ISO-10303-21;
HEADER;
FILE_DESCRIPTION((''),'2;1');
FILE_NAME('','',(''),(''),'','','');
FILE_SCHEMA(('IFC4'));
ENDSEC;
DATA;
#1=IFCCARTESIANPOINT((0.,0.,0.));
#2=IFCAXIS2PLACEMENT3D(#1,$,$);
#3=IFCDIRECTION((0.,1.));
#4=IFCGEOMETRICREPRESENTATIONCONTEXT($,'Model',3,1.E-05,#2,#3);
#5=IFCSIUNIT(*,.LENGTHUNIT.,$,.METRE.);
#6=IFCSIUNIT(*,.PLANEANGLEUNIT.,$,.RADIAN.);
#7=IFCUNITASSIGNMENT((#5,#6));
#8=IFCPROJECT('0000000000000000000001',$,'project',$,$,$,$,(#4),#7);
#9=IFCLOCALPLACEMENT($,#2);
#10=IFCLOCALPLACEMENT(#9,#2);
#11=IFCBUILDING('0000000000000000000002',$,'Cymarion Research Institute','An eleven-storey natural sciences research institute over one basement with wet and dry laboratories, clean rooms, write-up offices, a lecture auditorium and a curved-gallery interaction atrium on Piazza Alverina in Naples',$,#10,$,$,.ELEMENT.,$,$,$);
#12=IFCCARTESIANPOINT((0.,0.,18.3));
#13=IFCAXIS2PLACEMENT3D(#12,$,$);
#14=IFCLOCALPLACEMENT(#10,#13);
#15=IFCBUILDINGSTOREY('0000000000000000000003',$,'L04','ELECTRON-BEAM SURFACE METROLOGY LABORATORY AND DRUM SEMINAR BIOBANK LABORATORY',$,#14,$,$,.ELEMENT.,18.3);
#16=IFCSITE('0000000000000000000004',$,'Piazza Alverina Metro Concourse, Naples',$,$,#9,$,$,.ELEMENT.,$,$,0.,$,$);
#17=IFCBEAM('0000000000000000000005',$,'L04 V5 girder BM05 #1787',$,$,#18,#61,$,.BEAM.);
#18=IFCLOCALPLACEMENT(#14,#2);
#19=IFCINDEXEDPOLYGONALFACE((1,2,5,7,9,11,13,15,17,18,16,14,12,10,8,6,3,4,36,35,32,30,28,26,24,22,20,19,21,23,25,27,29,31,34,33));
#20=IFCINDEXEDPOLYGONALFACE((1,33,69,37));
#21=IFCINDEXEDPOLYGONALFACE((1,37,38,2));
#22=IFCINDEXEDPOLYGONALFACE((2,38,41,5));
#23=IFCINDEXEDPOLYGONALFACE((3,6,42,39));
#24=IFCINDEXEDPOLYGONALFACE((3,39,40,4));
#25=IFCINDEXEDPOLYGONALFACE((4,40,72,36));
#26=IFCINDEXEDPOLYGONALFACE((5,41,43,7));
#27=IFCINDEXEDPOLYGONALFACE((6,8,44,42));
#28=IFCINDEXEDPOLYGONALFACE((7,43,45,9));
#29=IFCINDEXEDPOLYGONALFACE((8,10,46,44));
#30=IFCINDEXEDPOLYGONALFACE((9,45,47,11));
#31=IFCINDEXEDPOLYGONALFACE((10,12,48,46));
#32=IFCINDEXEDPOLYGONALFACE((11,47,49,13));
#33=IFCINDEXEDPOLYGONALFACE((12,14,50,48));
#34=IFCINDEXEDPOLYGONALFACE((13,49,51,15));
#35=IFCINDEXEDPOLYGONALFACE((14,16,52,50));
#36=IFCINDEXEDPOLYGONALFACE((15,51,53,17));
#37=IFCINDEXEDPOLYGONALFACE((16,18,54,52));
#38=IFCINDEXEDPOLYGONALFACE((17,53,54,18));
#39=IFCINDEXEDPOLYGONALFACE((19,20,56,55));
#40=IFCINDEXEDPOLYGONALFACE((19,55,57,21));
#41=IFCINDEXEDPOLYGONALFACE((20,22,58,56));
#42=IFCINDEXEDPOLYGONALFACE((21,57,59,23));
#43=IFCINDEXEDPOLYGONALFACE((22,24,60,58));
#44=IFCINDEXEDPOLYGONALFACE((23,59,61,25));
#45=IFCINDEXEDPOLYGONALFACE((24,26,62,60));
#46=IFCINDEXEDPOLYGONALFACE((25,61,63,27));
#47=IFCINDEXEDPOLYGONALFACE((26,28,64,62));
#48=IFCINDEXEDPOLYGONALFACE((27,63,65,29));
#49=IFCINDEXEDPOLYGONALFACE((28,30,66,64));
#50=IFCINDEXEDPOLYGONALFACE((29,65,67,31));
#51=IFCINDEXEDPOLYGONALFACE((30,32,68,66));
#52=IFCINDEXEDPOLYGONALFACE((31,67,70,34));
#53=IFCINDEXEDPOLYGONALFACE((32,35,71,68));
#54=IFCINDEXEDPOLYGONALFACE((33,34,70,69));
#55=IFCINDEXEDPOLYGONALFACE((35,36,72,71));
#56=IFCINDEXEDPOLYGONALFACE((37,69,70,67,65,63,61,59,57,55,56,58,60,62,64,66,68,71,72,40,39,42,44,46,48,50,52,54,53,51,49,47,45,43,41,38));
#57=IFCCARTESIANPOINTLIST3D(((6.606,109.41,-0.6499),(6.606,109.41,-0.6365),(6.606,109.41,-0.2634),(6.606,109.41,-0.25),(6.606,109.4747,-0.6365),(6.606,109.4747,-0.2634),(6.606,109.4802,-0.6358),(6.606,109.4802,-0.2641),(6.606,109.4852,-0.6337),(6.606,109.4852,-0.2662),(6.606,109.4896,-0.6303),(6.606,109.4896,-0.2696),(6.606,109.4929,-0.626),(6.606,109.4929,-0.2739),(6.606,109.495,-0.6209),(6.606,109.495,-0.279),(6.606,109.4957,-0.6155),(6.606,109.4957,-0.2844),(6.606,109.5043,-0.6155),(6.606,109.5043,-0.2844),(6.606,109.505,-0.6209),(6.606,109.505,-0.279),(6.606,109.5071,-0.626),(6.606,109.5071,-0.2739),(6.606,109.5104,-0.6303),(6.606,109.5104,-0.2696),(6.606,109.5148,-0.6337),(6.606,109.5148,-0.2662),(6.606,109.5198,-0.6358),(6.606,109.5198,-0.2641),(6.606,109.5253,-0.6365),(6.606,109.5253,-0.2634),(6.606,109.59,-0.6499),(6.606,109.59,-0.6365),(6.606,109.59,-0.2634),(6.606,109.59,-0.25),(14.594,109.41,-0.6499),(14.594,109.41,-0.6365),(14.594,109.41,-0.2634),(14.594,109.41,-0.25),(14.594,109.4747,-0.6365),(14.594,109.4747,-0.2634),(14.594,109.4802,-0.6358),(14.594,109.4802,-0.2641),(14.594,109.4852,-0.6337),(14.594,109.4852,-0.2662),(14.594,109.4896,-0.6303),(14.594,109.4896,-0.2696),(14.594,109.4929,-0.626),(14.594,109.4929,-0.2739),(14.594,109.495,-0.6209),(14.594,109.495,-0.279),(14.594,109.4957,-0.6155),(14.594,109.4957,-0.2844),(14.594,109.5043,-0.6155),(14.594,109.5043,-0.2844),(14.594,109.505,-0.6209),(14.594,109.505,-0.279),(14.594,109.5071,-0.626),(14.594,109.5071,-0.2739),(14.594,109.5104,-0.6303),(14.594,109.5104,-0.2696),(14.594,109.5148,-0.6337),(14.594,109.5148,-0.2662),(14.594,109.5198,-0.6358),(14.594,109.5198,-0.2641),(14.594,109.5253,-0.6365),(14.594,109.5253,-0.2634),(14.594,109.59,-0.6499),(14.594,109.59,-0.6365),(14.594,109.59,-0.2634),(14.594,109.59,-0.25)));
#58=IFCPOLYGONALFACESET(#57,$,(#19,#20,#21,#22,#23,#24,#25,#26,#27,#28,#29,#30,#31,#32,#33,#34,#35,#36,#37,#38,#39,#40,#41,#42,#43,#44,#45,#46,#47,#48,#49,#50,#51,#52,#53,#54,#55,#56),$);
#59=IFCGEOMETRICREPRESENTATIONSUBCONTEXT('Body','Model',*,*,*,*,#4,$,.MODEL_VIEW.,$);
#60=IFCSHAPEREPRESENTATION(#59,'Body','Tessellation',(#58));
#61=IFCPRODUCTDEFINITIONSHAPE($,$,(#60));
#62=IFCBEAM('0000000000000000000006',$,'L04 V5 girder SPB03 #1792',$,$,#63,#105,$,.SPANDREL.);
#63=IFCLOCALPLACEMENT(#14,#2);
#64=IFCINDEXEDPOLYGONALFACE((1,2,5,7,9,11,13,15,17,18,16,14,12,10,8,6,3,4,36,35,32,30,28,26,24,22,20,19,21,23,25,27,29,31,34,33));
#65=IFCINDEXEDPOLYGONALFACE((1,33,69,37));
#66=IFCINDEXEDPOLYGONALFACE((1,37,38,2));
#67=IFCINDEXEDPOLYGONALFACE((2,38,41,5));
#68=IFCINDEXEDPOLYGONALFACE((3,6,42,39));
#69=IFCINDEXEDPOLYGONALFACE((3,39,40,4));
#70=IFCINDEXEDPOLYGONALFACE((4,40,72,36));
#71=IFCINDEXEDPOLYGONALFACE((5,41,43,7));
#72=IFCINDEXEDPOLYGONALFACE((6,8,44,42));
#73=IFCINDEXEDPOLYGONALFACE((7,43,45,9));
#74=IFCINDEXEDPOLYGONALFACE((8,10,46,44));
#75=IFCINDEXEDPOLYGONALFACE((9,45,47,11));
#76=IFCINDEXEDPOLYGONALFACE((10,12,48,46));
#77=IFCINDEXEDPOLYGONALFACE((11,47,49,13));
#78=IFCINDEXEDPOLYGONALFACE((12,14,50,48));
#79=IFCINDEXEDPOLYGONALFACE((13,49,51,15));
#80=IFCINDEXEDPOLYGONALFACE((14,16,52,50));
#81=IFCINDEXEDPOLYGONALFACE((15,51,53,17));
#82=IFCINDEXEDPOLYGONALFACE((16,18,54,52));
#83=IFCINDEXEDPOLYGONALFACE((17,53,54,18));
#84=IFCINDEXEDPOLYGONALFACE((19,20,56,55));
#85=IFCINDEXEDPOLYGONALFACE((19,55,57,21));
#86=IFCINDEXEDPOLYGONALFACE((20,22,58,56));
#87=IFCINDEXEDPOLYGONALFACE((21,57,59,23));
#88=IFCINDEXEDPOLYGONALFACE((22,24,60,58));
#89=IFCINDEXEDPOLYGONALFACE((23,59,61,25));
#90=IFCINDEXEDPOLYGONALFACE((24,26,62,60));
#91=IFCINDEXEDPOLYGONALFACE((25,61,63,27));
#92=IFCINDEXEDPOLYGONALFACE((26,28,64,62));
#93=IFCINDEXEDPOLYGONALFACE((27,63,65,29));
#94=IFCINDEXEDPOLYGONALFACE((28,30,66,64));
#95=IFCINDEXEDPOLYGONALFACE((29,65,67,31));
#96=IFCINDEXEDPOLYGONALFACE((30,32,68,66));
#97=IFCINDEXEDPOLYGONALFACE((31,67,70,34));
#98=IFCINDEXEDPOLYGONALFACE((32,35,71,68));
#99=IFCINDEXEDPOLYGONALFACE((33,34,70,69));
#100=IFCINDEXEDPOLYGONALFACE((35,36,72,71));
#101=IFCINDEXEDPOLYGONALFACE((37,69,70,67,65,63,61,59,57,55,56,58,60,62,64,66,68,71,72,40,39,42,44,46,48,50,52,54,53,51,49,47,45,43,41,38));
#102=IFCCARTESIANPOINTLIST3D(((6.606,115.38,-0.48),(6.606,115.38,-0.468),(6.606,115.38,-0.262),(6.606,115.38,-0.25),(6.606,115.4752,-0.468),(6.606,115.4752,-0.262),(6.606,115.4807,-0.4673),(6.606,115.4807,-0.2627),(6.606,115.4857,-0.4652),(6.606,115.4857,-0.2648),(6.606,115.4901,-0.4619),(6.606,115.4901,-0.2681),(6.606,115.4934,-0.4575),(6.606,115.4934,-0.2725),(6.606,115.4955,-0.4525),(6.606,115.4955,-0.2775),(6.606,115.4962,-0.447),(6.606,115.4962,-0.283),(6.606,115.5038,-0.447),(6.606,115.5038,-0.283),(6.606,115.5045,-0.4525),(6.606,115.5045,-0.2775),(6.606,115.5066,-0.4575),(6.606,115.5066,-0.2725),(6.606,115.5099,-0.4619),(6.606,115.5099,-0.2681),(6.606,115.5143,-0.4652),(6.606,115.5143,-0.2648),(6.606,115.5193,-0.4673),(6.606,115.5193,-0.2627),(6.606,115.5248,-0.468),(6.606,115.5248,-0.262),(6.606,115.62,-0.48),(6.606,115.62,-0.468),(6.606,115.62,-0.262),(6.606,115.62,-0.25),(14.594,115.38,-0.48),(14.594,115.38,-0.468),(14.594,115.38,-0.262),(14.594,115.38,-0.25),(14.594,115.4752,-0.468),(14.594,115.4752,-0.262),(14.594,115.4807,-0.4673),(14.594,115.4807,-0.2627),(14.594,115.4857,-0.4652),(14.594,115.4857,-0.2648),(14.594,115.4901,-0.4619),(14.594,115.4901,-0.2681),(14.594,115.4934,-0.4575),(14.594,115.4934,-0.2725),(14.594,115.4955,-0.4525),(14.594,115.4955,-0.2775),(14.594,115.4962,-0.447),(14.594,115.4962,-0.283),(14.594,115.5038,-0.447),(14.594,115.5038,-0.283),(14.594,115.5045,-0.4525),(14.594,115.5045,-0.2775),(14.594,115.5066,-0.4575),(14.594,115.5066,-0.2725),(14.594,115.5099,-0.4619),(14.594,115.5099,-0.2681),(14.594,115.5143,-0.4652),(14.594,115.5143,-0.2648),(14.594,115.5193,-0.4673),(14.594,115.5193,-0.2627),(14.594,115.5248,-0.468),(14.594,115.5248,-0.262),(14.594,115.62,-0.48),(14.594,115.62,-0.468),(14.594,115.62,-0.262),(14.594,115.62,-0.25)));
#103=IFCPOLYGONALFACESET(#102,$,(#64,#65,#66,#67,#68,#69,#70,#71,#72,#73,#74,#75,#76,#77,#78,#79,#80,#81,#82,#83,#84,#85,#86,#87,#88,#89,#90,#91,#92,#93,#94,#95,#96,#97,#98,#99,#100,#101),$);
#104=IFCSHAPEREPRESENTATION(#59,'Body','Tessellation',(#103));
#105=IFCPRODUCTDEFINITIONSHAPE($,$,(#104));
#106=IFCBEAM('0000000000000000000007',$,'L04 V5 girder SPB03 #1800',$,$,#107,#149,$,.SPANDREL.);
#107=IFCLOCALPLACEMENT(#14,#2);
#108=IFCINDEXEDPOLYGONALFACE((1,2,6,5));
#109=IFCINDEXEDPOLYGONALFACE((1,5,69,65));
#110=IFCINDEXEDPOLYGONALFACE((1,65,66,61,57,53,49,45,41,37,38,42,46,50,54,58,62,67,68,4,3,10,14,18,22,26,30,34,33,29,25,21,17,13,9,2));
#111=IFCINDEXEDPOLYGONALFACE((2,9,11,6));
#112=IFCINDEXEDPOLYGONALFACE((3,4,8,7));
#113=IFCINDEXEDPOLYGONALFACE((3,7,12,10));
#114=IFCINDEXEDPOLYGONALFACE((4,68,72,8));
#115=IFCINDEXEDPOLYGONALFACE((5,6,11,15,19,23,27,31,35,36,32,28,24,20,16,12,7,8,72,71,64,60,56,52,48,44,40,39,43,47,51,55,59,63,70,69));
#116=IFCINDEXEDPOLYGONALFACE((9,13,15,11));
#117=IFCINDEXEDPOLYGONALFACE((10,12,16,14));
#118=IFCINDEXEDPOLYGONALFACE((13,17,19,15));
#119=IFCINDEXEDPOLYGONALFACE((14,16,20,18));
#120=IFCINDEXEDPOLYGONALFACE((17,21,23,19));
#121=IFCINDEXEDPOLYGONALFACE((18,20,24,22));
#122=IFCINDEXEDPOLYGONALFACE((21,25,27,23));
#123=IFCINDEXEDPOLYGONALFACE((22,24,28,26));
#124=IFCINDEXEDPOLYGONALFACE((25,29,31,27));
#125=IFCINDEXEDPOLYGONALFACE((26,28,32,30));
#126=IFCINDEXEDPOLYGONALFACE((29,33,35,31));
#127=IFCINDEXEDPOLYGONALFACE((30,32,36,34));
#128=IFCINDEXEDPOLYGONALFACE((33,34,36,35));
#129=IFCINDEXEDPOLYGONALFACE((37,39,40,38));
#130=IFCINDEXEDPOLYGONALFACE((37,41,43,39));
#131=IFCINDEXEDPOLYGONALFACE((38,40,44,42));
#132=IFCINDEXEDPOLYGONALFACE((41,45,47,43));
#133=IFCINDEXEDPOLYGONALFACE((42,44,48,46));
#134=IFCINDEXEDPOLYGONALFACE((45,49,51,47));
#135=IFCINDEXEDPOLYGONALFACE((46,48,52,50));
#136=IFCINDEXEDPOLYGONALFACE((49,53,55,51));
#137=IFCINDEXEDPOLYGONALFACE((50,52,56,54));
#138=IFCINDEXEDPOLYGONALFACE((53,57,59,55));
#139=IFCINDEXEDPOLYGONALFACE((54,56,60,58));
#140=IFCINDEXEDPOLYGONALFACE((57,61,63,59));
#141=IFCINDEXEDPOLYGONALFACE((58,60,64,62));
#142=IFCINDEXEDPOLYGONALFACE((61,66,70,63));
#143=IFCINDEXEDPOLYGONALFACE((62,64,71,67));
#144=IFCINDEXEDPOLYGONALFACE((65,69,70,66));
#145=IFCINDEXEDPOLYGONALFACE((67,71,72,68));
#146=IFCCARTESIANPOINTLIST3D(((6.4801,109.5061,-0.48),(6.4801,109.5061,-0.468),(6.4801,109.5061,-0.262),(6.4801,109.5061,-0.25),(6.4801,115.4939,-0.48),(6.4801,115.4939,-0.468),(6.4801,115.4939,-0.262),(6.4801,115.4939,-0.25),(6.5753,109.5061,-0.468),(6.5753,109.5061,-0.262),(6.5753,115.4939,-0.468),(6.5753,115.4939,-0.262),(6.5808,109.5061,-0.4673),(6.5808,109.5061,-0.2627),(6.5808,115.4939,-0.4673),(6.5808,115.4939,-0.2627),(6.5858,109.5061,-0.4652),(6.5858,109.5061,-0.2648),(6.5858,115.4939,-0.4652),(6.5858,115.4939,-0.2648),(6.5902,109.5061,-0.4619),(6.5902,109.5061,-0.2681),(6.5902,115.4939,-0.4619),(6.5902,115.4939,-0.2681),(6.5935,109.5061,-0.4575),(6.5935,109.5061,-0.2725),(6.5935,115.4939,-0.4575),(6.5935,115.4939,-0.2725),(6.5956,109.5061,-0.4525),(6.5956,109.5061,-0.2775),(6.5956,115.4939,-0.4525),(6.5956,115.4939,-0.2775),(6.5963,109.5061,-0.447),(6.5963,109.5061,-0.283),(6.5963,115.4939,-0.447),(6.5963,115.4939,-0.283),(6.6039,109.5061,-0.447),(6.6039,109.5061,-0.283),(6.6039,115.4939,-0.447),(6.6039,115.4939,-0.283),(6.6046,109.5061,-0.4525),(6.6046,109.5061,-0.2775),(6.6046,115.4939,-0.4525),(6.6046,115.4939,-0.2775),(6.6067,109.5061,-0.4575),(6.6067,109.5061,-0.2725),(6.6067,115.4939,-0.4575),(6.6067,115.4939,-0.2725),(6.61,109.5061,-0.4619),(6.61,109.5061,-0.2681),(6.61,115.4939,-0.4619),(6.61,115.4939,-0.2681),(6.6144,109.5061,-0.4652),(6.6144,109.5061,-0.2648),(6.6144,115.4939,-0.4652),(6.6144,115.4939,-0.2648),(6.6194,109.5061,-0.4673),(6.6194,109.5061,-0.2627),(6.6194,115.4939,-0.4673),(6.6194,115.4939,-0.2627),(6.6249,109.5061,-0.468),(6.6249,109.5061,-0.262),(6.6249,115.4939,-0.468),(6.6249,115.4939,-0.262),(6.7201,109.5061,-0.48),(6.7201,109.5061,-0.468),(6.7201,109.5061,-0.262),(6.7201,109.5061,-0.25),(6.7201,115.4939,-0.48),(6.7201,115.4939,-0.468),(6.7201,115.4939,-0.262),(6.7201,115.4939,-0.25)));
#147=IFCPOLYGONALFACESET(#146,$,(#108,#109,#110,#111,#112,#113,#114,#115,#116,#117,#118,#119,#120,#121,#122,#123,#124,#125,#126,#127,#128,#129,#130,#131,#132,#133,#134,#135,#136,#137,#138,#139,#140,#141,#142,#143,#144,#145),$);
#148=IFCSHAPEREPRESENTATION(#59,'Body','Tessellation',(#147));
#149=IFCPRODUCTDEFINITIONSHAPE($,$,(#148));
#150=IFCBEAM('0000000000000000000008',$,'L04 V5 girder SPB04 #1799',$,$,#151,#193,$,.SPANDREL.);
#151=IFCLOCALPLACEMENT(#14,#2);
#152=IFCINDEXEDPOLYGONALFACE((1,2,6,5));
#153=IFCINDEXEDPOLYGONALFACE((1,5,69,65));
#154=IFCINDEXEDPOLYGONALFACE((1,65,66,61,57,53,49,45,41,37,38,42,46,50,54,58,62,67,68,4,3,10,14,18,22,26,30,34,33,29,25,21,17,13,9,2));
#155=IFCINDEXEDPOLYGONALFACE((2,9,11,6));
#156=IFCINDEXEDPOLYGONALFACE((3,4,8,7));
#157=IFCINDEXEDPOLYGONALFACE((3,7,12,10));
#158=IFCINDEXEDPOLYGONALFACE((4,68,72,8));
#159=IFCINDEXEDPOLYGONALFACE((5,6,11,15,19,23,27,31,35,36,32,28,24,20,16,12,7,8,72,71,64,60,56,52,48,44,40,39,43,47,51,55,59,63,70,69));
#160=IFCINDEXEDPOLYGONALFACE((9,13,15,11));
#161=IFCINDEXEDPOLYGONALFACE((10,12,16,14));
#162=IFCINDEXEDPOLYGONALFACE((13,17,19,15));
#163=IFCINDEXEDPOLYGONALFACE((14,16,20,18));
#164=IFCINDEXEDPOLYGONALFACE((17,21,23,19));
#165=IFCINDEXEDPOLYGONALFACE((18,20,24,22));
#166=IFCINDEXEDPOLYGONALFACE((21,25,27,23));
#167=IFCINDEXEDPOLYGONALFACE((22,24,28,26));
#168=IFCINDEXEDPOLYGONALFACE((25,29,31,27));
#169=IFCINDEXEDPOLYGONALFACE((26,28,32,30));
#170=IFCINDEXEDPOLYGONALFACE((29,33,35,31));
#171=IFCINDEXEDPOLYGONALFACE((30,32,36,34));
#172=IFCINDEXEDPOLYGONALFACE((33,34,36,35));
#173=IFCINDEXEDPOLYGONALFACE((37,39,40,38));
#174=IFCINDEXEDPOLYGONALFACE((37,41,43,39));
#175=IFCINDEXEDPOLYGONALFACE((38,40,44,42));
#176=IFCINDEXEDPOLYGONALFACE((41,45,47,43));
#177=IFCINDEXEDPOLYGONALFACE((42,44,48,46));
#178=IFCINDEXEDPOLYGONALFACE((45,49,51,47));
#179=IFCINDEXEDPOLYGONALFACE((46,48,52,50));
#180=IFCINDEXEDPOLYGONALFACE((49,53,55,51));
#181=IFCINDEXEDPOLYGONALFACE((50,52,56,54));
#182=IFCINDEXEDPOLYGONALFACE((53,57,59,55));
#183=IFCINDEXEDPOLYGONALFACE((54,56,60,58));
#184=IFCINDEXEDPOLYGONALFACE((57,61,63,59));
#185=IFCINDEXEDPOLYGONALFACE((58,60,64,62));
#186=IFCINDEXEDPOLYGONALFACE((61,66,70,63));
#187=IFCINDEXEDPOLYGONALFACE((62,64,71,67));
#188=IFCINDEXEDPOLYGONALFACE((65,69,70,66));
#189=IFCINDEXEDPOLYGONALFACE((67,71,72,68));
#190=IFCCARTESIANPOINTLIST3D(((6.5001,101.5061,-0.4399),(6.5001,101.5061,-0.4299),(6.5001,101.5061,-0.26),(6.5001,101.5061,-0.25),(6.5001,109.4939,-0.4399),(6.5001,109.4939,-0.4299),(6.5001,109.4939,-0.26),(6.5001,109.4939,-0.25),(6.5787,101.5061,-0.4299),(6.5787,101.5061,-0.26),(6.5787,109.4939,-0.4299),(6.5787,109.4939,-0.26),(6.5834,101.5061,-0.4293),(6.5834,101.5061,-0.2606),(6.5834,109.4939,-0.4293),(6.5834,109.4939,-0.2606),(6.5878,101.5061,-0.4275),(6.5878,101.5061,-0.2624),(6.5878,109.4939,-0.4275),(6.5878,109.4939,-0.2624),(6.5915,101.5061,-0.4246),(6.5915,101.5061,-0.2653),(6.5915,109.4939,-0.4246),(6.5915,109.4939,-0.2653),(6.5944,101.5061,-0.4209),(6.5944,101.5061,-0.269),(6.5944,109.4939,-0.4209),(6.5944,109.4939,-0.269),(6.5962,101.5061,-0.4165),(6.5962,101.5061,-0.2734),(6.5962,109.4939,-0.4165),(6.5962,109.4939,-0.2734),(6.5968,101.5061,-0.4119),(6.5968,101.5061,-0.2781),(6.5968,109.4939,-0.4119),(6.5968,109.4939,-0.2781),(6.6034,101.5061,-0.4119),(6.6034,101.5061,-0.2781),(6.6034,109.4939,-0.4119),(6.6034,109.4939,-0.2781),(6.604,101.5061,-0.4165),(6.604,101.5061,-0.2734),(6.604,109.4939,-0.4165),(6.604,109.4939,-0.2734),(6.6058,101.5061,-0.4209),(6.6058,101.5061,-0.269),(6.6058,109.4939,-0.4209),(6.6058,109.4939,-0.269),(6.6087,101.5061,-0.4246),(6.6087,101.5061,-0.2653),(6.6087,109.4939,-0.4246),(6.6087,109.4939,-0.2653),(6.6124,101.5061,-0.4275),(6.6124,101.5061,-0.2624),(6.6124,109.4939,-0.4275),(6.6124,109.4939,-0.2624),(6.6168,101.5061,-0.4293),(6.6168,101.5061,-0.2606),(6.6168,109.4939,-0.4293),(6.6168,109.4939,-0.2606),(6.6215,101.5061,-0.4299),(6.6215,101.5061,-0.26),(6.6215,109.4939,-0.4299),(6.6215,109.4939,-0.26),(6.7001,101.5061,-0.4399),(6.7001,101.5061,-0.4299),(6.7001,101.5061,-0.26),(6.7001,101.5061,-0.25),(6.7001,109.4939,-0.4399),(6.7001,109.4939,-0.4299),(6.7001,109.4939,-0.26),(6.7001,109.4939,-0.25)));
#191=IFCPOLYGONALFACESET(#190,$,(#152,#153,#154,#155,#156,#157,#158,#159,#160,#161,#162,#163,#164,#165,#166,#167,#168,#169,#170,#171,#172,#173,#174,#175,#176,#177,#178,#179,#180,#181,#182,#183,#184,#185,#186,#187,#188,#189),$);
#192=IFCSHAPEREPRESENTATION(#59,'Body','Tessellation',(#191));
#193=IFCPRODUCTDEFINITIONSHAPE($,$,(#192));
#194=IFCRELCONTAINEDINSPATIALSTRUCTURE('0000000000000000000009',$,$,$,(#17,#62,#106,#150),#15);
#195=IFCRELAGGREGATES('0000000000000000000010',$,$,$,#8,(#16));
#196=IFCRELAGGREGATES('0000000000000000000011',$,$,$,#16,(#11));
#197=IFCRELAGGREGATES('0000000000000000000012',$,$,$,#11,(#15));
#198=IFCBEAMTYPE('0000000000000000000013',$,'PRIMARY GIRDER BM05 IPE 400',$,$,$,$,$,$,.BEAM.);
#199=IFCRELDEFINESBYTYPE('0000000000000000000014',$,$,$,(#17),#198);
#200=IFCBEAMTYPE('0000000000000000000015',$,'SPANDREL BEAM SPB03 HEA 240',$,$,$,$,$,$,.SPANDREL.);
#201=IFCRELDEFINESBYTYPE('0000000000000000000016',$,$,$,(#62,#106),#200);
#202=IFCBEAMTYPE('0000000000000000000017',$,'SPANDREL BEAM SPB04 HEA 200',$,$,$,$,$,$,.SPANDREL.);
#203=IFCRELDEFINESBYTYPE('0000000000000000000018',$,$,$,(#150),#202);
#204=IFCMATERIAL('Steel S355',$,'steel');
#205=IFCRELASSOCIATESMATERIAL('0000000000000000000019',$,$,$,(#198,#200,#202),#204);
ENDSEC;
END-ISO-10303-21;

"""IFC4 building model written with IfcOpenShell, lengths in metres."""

from ifc_helpers import new_model, si_unit, direction, frame, origin, origin_2d, place, context, subcontext, project, spatial, i_section, extrude, material, material_profile, profile_set, type_object, element, save


model = new_model("IFC4")

# Units and contexts
model_context = context("Model", 3, precision=1e-05, world=origin(), true_north=direction((0.0, 1.0)))
body_context = subcontext(model_context, "Body", "Model", "MODEL_VIEW")
ifc_project = project(units=[si_unit("LENGTHUNIT", "METRE"), si_unit("PLANEANGLEUNIT", "RADIAN")], contexts=[model_context])

# Site, building, storey
site_placement = place(None, origin())
site = spatial("IfcSite", under=ifc_project, at=site_placement, Name="Piazza Alverina Metro Concourse, Naples", CompositionType="ELEMENT", RefElevation=0.0)
building_placement = place(site_placement, origin())
building = spatial("IfcBuilding", under=site, at=building_placement, Name="Cymarion Research Institute", Description="An eleven-storey natural sciences research institute over one basement with wet and dry laboratories, clean rooms, write-up offices, a lecture auditorium and a curved-gallery interaction atrium on Piazza Alverina in Naples", CompositionType="ELEMENT")
storey_placement = place(building_placement, frame((0.0, 0.0, 18.3)))
storey = spatial("IfcBuildingStorey", under=building, at=storey_placement, Name="L04", Description="ELECTRON-BEAM SURFACE METROLOGY LABORATORY AND DRUM SEMINAR BIOBANK LABORATORY", CompositionType="ELEMENT", Elevation=18.3)

# Shared definitions
ifc_material_1 = material(Name="Steel S355", Category="steel")

# Beams
ifc_material_profile_1 = material_profile(ifc_material_1, i_section(OverallWidth=0.1799, OverallDepth=0.3999, WebThickness=0.0085, FlangeThickness=0.0134, FilletRadius=0.021, at=origin_2d()), Name="IPE 400")
ifc_profile_set_1 = profile_set([ifc_material_profile_1], Name="Steel S355")
beam_type_1 = type_object("IfcBeamType", Name="PRIMARY GIRDER BM05 IPE 400", PredefinedType="BEAM", material=ifc_profile_set_1)
beam_1_placement = place(storey_placement, frame((6.606, 109.5, -0.45), z_axis=(1.0, 0.0, 0.0), x_axis=(0.0, 1.0, 0.0)))
element("IfcBeam", 1, at=beam_1_placement, inside=storey, type_object=beam_type_1, Name="L04 V5 girder BM05 #1787", PredefinedType="BEAM", context=body_context, shape_type="SweptSolid", body=[
    extrude(i_section(OverallWidth=0.1799, OverallDepth=0.3999, WebThickness=0.0085, FlangeThickness=0.0134, FilletRadius=0.021, at=origin_2d()), origin(), (0.0, 0.0, 1.0), 7.988),
])
ifc_material_profile_2 = material_profile(ifc_material_1, i_section(OverallWidth=0.24, OverallDepth=0.23, WebThickness=0.0076, FlangeThickness=0.012, FilletRadius=0.021, at=origin_2d()), Name="HEA 240")
ifc_profile_set_2 = profile_set([ifc_material_profile_2], Name="Steel S355")
beam_type_2 = type_object("IfcBeamType", Name="SPANDREL BEAM SPB03 HEA 240", PredefinedType="SPANDREL", material=ifc_profile_set_2)
beam_2_placement = place(storey_placement, frame((6.606, 115.5, -0.365), z_axis=(1.0, 0.0, 0.0), x_axis=(0.0, 1.0, 0.0)))
element("IfcBeam", 2, at=beam_2_placement, inside=storey, type_object=beam_type_2, Name="L04 V5 girder SPB03 #1792", PredefinedType="SPANDREL", context=body_context, shape_type="SweptSolid", body=[
    extrude(i_section(OverallWidth=0.24, OverallDepth=0.23, WebThickness=0.0076, FlangeThickness=0.012, FilletRadius=0.021, at=origin_2d()), origin(), (0.0, 0.0, 1.0), 7.988),
])
beam_3_placement = place(storey_placement, frame((6.6001, 109.5061, -0.365), z_axis=(0.0, 1.0, 0.0), x_axis=(-1.0, 0.0, 0.0)))
element("IfcBeam", 3, at=beam_3_placement, inside=storey, type_object=beam_type_2, Name="L04 V5 girder SPB03 #1800", PredefinedType="SPANDREL", context=body_context, shape_type="SweptSolid", body=[
    extrude(i_section(OverallWidth=0.24, OverallDepth=0.23, WebThickness=0.0076, FlangeThickness=0.012, FilletRadius=0.021, at=origin_2d()), origin(), (0.0, 0.0, 1.0), 5.9878),
])
ifc_material_profile_3 = material_profile(ifc_material_1, i_section(OverallWidth=0.2, OverallDepth=0.1899, WebThickness=0.0066, FlangeThickness=0.01, FilletRadius=0.0181, at=origin_2d()), Name="HEA 200")
ifc_profile_set_3 = profile_set([ifc_material_profile_3], Name="Steel S355")
beam_type_3 = type_object("IfcBeamType", Name="SPANDREL BEAM SPB04 HEA 200", PredefinedType="SPANDREL", material=ifc_profile_set_3)
beam_4_placement = place(storey_placement, frame((6.6001, 101.5061, -0.345), z_axis=(0.0, 1.0, 0.0), x_axis=(-1.0, 0.0, 0.0)))
element("IfcBeam", 4, at=beam_4_placement, inside=storey, type_object=beam_type_3, Name="L04 V5 girder SPB04 #1799", PredefinedType="SPANDREL", context=body_context, shape_type="SweptSolid", body=[
    extrude(i_section(OverallWidth=0.2, OverallDepth=0.1899, WebThickness=0.0066, FlangeThickness=0.01, FilletRadius=0.0181, at=origin_2d()), origin(), (0.0, 0.0, 1.0), 7.9878),
])

save(model, "model.ifc")
